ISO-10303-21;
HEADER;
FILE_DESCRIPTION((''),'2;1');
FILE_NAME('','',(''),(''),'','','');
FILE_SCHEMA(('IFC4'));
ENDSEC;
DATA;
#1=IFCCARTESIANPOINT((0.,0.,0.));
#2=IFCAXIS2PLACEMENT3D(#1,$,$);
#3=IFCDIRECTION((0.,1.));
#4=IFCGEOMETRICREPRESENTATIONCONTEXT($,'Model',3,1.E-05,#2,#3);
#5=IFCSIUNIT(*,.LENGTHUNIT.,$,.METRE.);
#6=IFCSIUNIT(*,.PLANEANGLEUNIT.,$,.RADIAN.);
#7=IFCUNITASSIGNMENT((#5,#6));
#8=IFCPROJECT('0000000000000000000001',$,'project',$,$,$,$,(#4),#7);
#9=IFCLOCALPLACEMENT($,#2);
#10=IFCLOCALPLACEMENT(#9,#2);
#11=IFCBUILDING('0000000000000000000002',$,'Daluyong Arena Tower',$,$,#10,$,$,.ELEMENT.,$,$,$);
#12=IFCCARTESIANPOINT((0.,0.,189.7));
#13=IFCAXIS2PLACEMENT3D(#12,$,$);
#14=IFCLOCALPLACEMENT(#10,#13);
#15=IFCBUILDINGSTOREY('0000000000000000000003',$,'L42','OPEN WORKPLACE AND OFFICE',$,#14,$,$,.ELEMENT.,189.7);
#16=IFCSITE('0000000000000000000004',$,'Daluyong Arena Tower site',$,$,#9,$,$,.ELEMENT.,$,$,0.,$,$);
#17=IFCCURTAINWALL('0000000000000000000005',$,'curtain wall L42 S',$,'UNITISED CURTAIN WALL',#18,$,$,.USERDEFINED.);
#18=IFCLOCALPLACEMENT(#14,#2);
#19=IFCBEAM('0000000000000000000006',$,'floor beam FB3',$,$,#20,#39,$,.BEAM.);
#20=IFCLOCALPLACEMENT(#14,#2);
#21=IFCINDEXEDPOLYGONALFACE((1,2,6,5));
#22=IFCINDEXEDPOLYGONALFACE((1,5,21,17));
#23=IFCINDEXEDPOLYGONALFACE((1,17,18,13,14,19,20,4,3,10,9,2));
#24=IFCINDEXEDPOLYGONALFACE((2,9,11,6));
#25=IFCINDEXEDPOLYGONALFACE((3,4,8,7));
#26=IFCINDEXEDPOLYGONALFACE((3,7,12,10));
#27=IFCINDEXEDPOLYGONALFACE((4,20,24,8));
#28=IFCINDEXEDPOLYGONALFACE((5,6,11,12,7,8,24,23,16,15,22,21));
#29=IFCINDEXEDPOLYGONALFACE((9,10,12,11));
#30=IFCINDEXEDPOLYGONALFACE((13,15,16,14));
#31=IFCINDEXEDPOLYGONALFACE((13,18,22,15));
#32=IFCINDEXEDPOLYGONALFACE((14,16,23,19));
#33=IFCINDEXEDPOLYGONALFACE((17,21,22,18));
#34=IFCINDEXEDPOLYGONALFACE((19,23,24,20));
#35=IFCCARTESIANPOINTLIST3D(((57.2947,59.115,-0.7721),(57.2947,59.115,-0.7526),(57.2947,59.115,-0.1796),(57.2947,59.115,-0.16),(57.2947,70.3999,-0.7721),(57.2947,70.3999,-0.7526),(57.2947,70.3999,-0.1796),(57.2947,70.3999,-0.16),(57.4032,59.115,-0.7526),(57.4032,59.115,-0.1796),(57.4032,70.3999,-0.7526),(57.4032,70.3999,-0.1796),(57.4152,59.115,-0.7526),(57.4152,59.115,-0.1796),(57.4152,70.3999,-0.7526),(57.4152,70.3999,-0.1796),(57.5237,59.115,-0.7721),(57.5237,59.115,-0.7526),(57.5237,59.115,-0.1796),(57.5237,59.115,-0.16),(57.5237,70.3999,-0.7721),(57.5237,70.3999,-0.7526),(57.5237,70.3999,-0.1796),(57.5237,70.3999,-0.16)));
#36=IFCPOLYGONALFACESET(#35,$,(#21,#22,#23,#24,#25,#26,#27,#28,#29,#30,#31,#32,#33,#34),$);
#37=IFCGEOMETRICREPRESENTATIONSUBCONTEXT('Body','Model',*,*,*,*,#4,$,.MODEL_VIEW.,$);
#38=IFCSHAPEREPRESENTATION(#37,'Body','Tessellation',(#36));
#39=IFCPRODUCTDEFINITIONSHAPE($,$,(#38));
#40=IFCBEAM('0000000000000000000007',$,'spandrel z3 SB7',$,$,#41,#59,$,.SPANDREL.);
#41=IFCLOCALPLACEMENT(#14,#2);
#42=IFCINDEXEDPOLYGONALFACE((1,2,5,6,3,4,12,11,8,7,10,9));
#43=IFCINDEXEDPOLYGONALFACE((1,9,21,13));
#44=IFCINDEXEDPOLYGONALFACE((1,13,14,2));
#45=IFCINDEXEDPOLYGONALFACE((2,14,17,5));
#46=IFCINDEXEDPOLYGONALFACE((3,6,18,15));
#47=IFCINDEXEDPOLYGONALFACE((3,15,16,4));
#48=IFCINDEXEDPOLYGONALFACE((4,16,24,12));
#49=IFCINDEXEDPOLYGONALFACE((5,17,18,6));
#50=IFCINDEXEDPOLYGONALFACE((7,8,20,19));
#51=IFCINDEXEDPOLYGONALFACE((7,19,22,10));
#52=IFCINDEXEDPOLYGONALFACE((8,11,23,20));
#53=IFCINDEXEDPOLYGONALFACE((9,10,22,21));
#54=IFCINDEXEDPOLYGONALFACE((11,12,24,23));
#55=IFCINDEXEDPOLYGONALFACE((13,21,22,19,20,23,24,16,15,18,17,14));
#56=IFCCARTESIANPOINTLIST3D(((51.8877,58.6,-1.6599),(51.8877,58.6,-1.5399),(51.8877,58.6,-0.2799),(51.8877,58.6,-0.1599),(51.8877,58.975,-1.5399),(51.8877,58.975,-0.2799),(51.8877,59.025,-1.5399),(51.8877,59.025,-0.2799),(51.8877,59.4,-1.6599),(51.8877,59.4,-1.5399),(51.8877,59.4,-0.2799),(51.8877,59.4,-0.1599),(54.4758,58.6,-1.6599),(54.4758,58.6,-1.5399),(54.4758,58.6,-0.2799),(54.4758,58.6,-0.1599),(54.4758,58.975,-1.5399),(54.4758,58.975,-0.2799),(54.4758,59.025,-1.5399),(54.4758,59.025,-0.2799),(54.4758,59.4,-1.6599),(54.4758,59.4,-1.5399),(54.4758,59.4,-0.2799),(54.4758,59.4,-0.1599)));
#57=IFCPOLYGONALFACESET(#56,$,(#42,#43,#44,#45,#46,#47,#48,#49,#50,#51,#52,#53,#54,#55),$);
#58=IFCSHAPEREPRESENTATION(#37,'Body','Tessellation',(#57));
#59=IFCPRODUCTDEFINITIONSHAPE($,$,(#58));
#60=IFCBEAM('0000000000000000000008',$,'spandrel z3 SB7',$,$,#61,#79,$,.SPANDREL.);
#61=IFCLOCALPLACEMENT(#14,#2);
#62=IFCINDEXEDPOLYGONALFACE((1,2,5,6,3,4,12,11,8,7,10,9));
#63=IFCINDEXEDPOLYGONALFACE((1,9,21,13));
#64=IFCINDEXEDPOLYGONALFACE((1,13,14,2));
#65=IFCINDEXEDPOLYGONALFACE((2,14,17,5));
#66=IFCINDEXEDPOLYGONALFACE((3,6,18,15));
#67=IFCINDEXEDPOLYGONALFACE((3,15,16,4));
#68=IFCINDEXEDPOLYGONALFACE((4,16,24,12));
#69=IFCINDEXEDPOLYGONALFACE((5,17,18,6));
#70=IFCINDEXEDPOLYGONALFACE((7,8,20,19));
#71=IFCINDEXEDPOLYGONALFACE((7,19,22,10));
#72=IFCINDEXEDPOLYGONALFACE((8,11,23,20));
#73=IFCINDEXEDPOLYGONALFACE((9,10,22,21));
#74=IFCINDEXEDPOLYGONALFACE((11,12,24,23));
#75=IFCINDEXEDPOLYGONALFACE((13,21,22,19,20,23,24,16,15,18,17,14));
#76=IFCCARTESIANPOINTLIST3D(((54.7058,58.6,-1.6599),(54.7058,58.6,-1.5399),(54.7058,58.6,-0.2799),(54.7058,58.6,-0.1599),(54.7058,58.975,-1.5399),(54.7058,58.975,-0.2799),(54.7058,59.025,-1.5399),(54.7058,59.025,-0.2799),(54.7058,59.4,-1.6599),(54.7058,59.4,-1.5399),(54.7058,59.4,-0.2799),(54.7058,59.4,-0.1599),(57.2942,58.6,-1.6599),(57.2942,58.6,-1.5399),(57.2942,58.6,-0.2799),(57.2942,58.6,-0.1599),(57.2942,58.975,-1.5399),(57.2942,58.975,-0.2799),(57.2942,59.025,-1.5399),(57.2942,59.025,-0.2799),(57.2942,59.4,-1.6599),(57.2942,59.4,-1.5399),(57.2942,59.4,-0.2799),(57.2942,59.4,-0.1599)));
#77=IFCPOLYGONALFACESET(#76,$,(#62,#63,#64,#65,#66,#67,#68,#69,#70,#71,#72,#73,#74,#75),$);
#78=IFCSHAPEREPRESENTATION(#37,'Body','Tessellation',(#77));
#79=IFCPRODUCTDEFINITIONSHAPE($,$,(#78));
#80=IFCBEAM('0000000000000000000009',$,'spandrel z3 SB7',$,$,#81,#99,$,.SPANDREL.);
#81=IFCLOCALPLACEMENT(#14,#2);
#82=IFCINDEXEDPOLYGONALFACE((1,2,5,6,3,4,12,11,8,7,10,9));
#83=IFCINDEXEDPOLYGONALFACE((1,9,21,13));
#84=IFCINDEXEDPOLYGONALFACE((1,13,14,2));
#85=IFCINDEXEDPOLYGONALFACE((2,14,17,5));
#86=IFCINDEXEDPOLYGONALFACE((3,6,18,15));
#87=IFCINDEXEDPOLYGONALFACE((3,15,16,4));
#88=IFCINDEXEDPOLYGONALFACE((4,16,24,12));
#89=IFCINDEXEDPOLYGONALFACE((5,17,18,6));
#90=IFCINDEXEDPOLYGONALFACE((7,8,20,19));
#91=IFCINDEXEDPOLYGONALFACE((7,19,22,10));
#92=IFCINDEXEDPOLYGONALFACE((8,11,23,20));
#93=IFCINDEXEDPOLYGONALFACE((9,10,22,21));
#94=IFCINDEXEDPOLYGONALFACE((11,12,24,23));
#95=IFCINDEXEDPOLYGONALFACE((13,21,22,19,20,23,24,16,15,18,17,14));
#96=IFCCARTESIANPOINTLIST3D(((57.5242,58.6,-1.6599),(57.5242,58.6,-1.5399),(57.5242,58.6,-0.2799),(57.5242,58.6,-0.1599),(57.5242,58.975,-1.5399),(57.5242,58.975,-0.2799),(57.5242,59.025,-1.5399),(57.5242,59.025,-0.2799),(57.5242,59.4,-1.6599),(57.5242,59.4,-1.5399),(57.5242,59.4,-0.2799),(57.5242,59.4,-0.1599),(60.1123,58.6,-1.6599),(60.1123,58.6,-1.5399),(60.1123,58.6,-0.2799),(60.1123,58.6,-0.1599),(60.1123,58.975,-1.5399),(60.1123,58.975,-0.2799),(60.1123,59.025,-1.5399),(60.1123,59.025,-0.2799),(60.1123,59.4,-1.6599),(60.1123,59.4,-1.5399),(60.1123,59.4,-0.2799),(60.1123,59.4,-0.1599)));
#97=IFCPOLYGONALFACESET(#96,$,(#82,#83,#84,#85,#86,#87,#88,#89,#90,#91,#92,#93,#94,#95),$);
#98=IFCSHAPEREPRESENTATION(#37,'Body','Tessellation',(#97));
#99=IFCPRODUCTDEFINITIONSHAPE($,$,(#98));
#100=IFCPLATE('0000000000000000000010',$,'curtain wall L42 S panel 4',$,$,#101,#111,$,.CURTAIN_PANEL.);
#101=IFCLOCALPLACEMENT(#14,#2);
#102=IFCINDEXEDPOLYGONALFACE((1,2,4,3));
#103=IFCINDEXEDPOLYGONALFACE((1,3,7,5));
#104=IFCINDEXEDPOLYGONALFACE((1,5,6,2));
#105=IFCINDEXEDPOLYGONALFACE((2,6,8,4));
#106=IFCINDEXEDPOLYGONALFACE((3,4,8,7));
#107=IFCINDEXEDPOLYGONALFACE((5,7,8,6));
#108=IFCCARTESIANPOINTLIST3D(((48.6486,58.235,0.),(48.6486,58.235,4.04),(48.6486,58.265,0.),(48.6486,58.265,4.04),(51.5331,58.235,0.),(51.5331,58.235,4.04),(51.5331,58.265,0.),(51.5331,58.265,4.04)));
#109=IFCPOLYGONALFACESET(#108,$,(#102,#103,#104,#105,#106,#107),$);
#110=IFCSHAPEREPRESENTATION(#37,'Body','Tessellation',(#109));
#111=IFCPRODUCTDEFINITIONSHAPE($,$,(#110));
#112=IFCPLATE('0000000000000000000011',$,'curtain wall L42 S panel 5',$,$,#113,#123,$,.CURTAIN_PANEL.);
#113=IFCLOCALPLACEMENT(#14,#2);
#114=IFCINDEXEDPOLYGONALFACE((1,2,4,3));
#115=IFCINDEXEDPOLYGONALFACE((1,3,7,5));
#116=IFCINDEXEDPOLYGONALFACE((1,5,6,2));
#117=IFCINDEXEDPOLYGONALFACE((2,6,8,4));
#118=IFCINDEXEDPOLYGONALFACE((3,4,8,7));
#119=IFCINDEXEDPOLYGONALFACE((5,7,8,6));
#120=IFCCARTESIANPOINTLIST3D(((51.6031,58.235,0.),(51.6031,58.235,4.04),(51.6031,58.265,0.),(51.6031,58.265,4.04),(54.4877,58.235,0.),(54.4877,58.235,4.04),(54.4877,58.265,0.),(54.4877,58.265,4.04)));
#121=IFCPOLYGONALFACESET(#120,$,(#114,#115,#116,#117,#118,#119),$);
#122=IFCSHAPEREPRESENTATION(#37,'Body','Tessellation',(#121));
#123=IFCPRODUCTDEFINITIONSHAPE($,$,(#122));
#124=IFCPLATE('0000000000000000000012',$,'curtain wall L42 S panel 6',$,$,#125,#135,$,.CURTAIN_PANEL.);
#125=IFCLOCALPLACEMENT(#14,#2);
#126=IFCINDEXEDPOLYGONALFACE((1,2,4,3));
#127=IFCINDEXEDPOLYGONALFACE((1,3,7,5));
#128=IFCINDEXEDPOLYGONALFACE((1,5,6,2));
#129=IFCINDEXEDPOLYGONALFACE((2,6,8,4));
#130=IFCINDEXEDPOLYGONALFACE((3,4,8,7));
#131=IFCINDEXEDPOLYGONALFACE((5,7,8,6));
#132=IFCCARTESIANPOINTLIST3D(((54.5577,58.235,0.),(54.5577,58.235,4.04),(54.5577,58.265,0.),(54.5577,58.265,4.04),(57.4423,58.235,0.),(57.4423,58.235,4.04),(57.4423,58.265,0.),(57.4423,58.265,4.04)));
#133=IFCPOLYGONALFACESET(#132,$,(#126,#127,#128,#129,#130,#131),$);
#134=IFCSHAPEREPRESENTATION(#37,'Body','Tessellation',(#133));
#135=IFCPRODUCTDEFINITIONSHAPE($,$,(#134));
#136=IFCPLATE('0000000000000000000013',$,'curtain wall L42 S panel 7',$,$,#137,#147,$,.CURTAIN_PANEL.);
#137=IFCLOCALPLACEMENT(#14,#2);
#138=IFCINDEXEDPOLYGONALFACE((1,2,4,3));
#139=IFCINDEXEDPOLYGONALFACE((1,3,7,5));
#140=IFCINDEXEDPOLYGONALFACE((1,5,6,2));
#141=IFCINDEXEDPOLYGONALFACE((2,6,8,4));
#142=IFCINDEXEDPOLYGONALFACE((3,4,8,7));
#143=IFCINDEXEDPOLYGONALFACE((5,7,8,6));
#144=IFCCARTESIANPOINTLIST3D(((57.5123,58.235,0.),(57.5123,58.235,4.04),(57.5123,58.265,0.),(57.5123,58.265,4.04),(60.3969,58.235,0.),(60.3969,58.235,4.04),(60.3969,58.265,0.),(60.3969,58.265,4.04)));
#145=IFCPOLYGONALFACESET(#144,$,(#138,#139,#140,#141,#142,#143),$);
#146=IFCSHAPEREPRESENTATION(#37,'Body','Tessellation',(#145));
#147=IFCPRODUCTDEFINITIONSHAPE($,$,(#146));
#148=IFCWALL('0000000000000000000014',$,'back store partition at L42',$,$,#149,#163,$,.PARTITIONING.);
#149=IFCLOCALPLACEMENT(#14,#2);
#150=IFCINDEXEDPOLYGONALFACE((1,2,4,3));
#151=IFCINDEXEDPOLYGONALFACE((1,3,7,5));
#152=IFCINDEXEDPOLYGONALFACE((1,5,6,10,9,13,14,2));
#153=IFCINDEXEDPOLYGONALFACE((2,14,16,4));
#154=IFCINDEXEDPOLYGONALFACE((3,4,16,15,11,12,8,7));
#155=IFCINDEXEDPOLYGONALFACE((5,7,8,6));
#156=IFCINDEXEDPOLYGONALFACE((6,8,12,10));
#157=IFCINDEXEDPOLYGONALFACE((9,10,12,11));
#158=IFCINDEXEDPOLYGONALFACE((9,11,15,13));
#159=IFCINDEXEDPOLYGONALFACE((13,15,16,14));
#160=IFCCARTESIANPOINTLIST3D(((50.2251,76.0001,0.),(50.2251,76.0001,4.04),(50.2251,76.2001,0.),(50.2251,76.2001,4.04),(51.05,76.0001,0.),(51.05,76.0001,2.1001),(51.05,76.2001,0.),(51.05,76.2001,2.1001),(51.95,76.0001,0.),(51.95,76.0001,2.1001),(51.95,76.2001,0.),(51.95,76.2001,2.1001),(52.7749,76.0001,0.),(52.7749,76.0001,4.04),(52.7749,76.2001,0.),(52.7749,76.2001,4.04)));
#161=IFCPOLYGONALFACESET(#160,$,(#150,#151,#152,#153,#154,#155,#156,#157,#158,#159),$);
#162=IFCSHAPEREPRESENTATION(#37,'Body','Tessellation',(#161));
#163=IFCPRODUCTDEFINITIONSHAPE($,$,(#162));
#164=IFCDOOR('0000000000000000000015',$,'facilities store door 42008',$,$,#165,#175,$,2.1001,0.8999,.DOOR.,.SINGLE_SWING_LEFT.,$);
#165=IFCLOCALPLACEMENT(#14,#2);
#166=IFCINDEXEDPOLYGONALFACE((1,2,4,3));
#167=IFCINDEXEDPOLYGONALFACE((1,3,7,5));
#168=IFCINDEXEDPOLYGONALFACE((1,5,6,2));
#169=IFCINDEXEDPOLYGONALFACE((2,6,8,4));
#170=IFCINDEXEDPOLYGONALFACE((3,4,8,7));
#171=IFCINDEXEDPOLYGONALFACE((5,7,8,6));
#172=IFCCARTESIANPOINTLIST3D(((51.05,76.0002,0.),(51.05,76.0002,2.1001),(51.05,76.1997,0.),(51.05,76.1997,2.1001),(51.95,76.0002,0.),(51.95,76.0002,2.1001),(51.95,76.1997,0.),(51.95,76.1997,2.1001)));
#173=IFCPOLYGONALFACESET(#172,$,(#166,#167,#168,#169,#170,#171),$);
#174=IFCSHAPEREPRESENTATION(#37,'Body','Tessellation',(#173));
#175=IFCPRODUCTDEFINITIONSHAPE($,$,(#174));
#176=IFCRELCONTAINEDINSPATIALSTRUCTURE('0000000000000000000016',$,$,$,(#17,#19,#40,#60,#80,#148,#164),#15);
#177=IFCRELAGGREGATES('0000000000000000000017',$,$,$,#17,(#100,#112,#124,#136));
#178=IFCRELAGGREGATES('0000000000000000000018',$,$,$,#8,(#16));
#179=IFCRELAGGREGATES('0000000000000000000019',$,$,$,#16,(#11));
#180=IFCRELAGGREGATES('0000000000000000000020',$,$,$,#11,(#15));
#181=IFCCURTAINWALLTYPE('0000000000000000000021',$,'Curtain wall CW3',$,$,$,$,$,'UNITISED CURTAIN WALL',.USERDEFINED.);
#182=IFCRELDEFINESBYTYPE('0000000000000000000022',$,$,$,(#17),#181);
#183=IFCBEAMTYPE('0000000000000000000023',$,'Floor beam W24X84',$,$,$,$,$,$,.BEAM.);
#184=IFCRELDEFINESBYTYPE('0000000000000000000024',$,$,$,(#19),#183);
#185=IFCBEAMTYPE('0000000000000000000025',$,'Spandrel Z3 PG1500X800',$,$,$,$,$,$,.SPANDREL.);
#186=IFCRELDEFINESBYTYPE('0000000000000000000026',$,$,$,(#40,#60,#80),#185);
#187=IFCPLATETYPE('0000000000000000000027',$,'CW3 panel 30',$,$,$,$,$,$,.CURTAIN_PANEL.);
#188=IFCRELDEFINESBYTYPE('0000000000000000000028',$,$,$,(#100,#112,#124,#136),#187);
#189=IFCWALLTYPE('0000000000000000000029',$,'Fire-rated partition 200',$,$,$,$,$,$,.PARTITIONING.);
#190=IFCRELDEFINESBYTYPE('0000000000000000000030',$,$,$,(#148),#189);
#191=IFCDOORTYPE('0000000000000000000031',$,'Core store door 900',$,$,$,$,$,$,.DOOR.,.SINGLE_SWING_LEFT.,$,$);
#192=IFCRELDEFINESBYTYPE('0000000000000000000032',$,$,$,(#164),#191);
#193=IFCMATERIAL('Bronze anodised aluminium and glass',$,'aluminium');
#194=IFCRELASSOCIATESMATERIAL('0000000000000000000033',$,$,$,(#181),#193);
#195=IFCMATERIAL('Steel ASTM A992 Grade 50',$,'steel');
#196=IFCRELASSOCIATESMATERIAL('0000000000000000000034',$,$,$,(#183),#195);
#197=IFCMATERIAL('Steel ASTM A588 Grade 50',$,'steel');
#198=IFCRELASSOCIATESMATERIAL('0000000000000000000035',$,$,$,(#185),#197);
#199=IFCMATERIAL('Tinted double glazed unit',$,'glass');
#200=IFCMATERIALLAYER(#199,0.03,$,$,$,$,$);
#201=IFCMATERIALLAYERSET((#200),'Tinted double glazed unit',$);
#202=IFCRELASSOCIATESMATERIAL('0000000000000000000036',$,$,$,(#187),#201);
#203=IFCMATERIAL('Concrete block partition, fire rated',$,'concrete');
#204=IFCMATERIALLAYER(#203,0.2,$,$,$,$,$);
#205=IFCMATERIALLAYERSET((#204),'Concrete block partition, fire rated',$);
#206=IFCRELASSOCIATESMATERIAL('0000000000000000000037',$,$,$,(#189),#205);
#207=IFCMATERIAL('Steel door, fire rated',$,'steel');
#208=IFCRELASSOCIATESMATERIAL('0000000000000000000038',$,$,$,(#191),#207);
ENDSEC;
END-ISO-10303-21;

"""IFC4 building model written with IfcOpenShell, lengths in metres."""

from ifc_helpers import new_model, si_unit, direction, frame, frame_2d, origin, origin_2d, place, context, subcontext, project, spatial, rectangle, i_section, extrude, material, layer, layer_set, material_profile, profile_set, type_object, element, fill, aggregate, save


model = new_model("IFC4")

# Units and contexts
model_context = context("Model", 3, precision=1e-05, world=origin(), true_north=direction((0.0, 1.0)))
body_context = subcontext(model_context, "Body", "Model", "MODEL_VIEW")
ifc_project = project(units=[si_unit("LENGTHUNIT", "METRE"), si_unit("PLANEANGLEUNIT", "RADIAN")], contexts=[model_context])

# Site, building, storey
site_placement = place(None, origin())
site = spatial("IfcSite", under=ifc_project, at=site_placement, Name="Daluyong Arena Tower site", CompositionType="ELEMENT", RefElevation=0.0)
building_placement = place(site_placement, origin())
building = spatial("IfcBuilding", under=site, at=building_placement, Name="Daluyong Arena Tower", CompositionType="ELEMENT")
storey_placement = place(building_placement, frame((0.0, 0.0, 189.7)))
storey = spatial("IfcBuildingStorey", under=building, at=storey_placement, Name="L42", Description="OPEN WORKPLACE AND OFFICE", CompositionType="ELEMENT", Elevation=189.7)

# Curtain wall
ifc_material_1 = material(Name="Bronze anodised aluminium and glass", Category="aluminium")
curtain_wall_type = type_object("IfcCurtainWallType", Name="Curtain wall CW3", ElementType="UNITISED CURTAIN WALL", PredefinedType="USERDEFINED", material=ifc_material_1)
curtain_wall_placement = place(storey_placement, origin())
curtain_wall = element("IfcCurtainWall", 1, at=curtain_wall_placement, inside=storey, type_object=curtain_wall_type, Name="curtain wall L42 S", ObjectType="UNITISED CURTAIN WALL", PredefinedType="USERDEFINED")

# Beams
ifc_material_2 = material(Name="Steel ASTM A992 Grade 50", Category="steel")
ifc_material_profile_1 = material_profile(ifc_material_2, i_section(OverallWidth=0.229, OverallDepth=0.6121, WebThickness=0.012, FlangeThickness=0.0195, at=origin_2d()))
ifc_profile_set_1 = profile_set([ifc_material_profile_1], Name="Steel ASTM A992 Grade 50")
beam_type_1 = type_object("IfcBeamType", Name="Floor beam W24X84", PredefinedType="BEAM", material=ifc_profile_set_1)
for number, where, z_axis, x_axis, name in (
    (2, (57.4092, 59.115, -0.4661), (0.0, 1.0, 0.0), (-1.0, 0.0, 0.0), "floor beam FB3"),
):
    element("IfcBeam", number, at=place(storey_placement, frame(where, z_axis=z_axis, x_axis=x_axis)), inside=storey, type_object=beam_type_1, Name=name, PredefinedType="BEAM", context=body_context, shape_type="SweptSolid", body=[
        extrude(i_section(OverallWidth=0.229, OverallDepth=0.6121, WebThickness=0.012, FlangeThickness=0.0195, at=origin_2d()), origin(), (0.0, 0.0, 1.0), 11.2849),
    ])
ifc_material_3 = material(Name="Steel ASTM A588 Grade 50", Category="steel")
ifc_material_profile_2 = material_profile(ifc_material_3, i_section(OverallWidth=0.8, OverallDepth=1.5, WebThickness=0.05, FlangeThickness=0.12, at=origin_2d()))
ifc_profile_set_2 = profile_set([ifc_material_profile_2], Name="Steel ASTM A588 Grade 50")
beam_type_2 = type_object("IfcBeamType", Name="Spandrel Z3 PG1500X800", PredefinedType="SPANDREL", material=ifc_profile_set_2)
beam_1_placement = place(storey_placement, frame((51.8877, 59.0, -0.9099), z_axis=(1.0, 0.0, 0.0), x_axis=(0.0, 1.0, 0.0)))
element("IfcBeam", 3, at=beam_1_placement, inside=storey, type_object=beam_type_2, Name="spandrel z3 SB7", PredefinedType="SPANDREL", context=body_context, shape_type="SweptSolid", body=[
    extrude(i_section(OverallWidth=0.8, OverallDepth=1.5, WebThickness=0.05, FlangeThickness=0.12, at=origin_2d()), origin(), (0.0, 0.0, 1.0), 2.5881),
])
beam_2_placement = place(storey_placement, frame((54.7058, 59.0, -0.9099), z_axis=(1.0, 0.0, 0.0), x_axis=(0.0, 1.0, 0.0)))
element("IfcBeam", 4, at=beam_2_placement, inside=storey, type_object=beam_type_2, Name="spandrel z3 SB7", PredefinedType="SPANDREL", context=body_context, shape_type="SweptSolid", body=[
    extrude(i_section(OverallWidth=0.8, OverallDepth=1.5, WebThickness=0.05, FlangeThickness=0.12, at=origin_2d()), origin(), (0.0, 0.0, 1.0), 2.5884),
])
beam_3_placement = place(storey_placement, frame((57.5242, 59.0, -0.9099), z_axis=(1.0, 0.0, 0.0), x_axis=(0.0, 1.0, 0.0)))
element("IfcBeam", 5, at=beam_3_placement, inside=storey, type_object=beam_type_2, Name="spandrel z3 SB7", PredefinedType="SPANDREL", context=body_context, shape_type="SweptSolid", body=[
    extrude(i_section(OverallWidth=0.8, OverallDepth=1.5, WebThickness=0.05, FlangeThickness=0.12, at=origin_2d()), origin(), (0.0, 0.0, 1.0), 2.5881),
])

# Plates
ifc_material_4 = material(Name="Tinted double glazed unit", Category="glass")
ifc_layer_1 = layer(ifc_material_4, 0.03)
ifc_layer_set_1 = layer_set([ifc_layer_1], Name="Tinted double glazed unit")
plate_type = type_object("IfcPlateType", Name="CW3 panel 30", PredefinedType="CURTAIN_PANEL", material=ifc_layer_set_1)
plate_1_placement = place(storey_placement, frame((50.0908, 58.25, 0.0), z_axis=(0.0, 0.0, 1.0), x_axis=(1.0, 0.0, 0.0)))
plate_1 = element("IfcPlate", 6, at=plate_1_placement, type_object=plate_type, Name="curtain wall L42 S panel 4", PredefinedType="CURTAIN_PANEL", context=body_context, shape_type="SweptSolid", body=[
    extrude(rectangle(XDim=2.8845, YDim=0.03, at=origin_2d()), origin(), (0.0, 0.0, 1.0), 4.04),
])
plate_2_placement = place(storey_placement, frame((53.0454, 58.25, 0.0), z_axis=(0.0, 0.0, 1.0), x_axis=(1.0, 0.0, 0.0)))
plate_2 = element("IfcPlate", 7, at=plate_2_placement, type_object=plate_type, Name="curtain wall L42 S panel 5", PredefinedType="CURTAIN_PANEL", context=body_context, shape_type="SweptSolid", body=[
    extrude(rectangle(XDim=2.8845, YDim=0.03, at=origin_2d()), origin(), (0.0, 0.0, 1.0), 4.04),
])
plate_3_placement = place(storey_placement, frame((56.0, 58.25, 0.0), z_axis=(0.0, 0.0, 1.0), x_axis=(1.0, 0.0, 0.0)))
plate_3 = element("IfcPlate", 8, at=plate_3_placement, type_object=plate_type, Name="curtain wall L42 S panel 6", PredefinedType="CURTAIN_PANEL", context=body_context, shape_type="SweptSolid", body=[
    extrude(rectangle(XDim=2.8845, YDim=0.03, at=origin_2d()), origin(), (0.0, 0.0, 1.0), 4.04),
])
plate_4_placement = place(storey_placement, frame((58.9546, 58.25, 0.0), z_axis=(0.0, 0.0, 1.0), x_axis=(1.0, 0.0, 0.0)))
plate_4 = element("IfcPlate", 9, at=plate_4_placement, type_object=plate_type, Name="curtain wall L42 S panel 7", PredefinedType="CURTAIN_PANEL", context=body_context, shape_type="SweptSolid", body=[
    extrude(rectangle(XDim=2.8845, YDim=0.03, at=origin_2d()), origin(), (0.0, 0.0, 1.0), 4.04),
])
aggregate(curtain_wall, [plate_1, plate_2, plate_3, plate_4])

# Wall, opening, door
ifc_material_5 = material(Name="Concrete block partition, fire rated", Category="concrete")
ifc_layer_2 = layer(ifc_material_5, 0.2)
ifc_layer_set_2 = layer_set([ifc_layer_2], Name="Concrete block partition, fire rated")
wall_type_1 = type_object("IfcWallType", Name="Fire-rated partition 200", PredefinedType="PARTITIONING", material=ifc_layer_set_2)
wall_1_placement = place(storey_placement, frame((50.2251, 76.1001, 0.0), z_axis=(0.0, 0.0, 1.0), x_axis=(1.0, 0.0, 0.0)))
wall_1 = element("IfcWall", 10, at=wall_1_placement, inside=storey, type_object=wall_type_1, Name="back store partition at L42", PredefinedType="PARTITIONING", context=body_context, shape_type="SweptSolid", body=[
    extrude(rectangle(XDim=2.5498, YDim=0.2, at=frame_2d((1.2749, 0.0))), origin(), (0.0, 0.0, 1.0), 4.04),
])
opening_1_placement = place(wall_1_placement, frame((0.825, 0.0, 0.0)))
opening_1 = element("IfcOpeningElement", 11, at=opening_1_placement, cuts=wall_1, PredefinedType="OPENING", context=body_context, shape_type="SweptSolid", body=[
    extrude(rectangle(XDim=0.8999, YDim=2.1001, at=frame_2d((0.45, 1.05))), frame((0.0, 0.1099, 0.0), z_axis=(0.0, -1.0, 0.0), x_axis=(1.0, 0.0, 0.0)), (0.0, 0.0, 1.0), 0.22),
])
ifc_material_6 = material(Name="Steel door, fire rated", Category="steel")
door_type = type_object("IfcDoorType", Name="Core store door 900", OperationType="SINGLE_SWING_LEFT", PredefinedType="DOOR", material=ifc_material_6)
door_1_placement = place(opening_1_placement, origin())
door_1 = element("IfcDoor", 12, at=door_1_placement, inside=storey, type_object=door_type, Name="facilities store door 42008", OperationType="SINGLE_SWING_LEFT", OverallHeight=2.1001, OverallWidth=0.8999, PredefinedType="DOOR", context=body_context, shape_type="SweptSolid", body=[
    extrude(rectangle(XDim=0.8999, YDim=2.1001, at=frame_2d((0.45, 1.05))), frame((0.0, 0.0996, 0.0), z_axis=(0.0, -1.0, 0.0), x_axis=(1.0, 0.0, 0.0)), (0.0, 0.0, 1.0), 0.1995),
])
fill(opening_1, door_1)

save(model, "model.ifc")
